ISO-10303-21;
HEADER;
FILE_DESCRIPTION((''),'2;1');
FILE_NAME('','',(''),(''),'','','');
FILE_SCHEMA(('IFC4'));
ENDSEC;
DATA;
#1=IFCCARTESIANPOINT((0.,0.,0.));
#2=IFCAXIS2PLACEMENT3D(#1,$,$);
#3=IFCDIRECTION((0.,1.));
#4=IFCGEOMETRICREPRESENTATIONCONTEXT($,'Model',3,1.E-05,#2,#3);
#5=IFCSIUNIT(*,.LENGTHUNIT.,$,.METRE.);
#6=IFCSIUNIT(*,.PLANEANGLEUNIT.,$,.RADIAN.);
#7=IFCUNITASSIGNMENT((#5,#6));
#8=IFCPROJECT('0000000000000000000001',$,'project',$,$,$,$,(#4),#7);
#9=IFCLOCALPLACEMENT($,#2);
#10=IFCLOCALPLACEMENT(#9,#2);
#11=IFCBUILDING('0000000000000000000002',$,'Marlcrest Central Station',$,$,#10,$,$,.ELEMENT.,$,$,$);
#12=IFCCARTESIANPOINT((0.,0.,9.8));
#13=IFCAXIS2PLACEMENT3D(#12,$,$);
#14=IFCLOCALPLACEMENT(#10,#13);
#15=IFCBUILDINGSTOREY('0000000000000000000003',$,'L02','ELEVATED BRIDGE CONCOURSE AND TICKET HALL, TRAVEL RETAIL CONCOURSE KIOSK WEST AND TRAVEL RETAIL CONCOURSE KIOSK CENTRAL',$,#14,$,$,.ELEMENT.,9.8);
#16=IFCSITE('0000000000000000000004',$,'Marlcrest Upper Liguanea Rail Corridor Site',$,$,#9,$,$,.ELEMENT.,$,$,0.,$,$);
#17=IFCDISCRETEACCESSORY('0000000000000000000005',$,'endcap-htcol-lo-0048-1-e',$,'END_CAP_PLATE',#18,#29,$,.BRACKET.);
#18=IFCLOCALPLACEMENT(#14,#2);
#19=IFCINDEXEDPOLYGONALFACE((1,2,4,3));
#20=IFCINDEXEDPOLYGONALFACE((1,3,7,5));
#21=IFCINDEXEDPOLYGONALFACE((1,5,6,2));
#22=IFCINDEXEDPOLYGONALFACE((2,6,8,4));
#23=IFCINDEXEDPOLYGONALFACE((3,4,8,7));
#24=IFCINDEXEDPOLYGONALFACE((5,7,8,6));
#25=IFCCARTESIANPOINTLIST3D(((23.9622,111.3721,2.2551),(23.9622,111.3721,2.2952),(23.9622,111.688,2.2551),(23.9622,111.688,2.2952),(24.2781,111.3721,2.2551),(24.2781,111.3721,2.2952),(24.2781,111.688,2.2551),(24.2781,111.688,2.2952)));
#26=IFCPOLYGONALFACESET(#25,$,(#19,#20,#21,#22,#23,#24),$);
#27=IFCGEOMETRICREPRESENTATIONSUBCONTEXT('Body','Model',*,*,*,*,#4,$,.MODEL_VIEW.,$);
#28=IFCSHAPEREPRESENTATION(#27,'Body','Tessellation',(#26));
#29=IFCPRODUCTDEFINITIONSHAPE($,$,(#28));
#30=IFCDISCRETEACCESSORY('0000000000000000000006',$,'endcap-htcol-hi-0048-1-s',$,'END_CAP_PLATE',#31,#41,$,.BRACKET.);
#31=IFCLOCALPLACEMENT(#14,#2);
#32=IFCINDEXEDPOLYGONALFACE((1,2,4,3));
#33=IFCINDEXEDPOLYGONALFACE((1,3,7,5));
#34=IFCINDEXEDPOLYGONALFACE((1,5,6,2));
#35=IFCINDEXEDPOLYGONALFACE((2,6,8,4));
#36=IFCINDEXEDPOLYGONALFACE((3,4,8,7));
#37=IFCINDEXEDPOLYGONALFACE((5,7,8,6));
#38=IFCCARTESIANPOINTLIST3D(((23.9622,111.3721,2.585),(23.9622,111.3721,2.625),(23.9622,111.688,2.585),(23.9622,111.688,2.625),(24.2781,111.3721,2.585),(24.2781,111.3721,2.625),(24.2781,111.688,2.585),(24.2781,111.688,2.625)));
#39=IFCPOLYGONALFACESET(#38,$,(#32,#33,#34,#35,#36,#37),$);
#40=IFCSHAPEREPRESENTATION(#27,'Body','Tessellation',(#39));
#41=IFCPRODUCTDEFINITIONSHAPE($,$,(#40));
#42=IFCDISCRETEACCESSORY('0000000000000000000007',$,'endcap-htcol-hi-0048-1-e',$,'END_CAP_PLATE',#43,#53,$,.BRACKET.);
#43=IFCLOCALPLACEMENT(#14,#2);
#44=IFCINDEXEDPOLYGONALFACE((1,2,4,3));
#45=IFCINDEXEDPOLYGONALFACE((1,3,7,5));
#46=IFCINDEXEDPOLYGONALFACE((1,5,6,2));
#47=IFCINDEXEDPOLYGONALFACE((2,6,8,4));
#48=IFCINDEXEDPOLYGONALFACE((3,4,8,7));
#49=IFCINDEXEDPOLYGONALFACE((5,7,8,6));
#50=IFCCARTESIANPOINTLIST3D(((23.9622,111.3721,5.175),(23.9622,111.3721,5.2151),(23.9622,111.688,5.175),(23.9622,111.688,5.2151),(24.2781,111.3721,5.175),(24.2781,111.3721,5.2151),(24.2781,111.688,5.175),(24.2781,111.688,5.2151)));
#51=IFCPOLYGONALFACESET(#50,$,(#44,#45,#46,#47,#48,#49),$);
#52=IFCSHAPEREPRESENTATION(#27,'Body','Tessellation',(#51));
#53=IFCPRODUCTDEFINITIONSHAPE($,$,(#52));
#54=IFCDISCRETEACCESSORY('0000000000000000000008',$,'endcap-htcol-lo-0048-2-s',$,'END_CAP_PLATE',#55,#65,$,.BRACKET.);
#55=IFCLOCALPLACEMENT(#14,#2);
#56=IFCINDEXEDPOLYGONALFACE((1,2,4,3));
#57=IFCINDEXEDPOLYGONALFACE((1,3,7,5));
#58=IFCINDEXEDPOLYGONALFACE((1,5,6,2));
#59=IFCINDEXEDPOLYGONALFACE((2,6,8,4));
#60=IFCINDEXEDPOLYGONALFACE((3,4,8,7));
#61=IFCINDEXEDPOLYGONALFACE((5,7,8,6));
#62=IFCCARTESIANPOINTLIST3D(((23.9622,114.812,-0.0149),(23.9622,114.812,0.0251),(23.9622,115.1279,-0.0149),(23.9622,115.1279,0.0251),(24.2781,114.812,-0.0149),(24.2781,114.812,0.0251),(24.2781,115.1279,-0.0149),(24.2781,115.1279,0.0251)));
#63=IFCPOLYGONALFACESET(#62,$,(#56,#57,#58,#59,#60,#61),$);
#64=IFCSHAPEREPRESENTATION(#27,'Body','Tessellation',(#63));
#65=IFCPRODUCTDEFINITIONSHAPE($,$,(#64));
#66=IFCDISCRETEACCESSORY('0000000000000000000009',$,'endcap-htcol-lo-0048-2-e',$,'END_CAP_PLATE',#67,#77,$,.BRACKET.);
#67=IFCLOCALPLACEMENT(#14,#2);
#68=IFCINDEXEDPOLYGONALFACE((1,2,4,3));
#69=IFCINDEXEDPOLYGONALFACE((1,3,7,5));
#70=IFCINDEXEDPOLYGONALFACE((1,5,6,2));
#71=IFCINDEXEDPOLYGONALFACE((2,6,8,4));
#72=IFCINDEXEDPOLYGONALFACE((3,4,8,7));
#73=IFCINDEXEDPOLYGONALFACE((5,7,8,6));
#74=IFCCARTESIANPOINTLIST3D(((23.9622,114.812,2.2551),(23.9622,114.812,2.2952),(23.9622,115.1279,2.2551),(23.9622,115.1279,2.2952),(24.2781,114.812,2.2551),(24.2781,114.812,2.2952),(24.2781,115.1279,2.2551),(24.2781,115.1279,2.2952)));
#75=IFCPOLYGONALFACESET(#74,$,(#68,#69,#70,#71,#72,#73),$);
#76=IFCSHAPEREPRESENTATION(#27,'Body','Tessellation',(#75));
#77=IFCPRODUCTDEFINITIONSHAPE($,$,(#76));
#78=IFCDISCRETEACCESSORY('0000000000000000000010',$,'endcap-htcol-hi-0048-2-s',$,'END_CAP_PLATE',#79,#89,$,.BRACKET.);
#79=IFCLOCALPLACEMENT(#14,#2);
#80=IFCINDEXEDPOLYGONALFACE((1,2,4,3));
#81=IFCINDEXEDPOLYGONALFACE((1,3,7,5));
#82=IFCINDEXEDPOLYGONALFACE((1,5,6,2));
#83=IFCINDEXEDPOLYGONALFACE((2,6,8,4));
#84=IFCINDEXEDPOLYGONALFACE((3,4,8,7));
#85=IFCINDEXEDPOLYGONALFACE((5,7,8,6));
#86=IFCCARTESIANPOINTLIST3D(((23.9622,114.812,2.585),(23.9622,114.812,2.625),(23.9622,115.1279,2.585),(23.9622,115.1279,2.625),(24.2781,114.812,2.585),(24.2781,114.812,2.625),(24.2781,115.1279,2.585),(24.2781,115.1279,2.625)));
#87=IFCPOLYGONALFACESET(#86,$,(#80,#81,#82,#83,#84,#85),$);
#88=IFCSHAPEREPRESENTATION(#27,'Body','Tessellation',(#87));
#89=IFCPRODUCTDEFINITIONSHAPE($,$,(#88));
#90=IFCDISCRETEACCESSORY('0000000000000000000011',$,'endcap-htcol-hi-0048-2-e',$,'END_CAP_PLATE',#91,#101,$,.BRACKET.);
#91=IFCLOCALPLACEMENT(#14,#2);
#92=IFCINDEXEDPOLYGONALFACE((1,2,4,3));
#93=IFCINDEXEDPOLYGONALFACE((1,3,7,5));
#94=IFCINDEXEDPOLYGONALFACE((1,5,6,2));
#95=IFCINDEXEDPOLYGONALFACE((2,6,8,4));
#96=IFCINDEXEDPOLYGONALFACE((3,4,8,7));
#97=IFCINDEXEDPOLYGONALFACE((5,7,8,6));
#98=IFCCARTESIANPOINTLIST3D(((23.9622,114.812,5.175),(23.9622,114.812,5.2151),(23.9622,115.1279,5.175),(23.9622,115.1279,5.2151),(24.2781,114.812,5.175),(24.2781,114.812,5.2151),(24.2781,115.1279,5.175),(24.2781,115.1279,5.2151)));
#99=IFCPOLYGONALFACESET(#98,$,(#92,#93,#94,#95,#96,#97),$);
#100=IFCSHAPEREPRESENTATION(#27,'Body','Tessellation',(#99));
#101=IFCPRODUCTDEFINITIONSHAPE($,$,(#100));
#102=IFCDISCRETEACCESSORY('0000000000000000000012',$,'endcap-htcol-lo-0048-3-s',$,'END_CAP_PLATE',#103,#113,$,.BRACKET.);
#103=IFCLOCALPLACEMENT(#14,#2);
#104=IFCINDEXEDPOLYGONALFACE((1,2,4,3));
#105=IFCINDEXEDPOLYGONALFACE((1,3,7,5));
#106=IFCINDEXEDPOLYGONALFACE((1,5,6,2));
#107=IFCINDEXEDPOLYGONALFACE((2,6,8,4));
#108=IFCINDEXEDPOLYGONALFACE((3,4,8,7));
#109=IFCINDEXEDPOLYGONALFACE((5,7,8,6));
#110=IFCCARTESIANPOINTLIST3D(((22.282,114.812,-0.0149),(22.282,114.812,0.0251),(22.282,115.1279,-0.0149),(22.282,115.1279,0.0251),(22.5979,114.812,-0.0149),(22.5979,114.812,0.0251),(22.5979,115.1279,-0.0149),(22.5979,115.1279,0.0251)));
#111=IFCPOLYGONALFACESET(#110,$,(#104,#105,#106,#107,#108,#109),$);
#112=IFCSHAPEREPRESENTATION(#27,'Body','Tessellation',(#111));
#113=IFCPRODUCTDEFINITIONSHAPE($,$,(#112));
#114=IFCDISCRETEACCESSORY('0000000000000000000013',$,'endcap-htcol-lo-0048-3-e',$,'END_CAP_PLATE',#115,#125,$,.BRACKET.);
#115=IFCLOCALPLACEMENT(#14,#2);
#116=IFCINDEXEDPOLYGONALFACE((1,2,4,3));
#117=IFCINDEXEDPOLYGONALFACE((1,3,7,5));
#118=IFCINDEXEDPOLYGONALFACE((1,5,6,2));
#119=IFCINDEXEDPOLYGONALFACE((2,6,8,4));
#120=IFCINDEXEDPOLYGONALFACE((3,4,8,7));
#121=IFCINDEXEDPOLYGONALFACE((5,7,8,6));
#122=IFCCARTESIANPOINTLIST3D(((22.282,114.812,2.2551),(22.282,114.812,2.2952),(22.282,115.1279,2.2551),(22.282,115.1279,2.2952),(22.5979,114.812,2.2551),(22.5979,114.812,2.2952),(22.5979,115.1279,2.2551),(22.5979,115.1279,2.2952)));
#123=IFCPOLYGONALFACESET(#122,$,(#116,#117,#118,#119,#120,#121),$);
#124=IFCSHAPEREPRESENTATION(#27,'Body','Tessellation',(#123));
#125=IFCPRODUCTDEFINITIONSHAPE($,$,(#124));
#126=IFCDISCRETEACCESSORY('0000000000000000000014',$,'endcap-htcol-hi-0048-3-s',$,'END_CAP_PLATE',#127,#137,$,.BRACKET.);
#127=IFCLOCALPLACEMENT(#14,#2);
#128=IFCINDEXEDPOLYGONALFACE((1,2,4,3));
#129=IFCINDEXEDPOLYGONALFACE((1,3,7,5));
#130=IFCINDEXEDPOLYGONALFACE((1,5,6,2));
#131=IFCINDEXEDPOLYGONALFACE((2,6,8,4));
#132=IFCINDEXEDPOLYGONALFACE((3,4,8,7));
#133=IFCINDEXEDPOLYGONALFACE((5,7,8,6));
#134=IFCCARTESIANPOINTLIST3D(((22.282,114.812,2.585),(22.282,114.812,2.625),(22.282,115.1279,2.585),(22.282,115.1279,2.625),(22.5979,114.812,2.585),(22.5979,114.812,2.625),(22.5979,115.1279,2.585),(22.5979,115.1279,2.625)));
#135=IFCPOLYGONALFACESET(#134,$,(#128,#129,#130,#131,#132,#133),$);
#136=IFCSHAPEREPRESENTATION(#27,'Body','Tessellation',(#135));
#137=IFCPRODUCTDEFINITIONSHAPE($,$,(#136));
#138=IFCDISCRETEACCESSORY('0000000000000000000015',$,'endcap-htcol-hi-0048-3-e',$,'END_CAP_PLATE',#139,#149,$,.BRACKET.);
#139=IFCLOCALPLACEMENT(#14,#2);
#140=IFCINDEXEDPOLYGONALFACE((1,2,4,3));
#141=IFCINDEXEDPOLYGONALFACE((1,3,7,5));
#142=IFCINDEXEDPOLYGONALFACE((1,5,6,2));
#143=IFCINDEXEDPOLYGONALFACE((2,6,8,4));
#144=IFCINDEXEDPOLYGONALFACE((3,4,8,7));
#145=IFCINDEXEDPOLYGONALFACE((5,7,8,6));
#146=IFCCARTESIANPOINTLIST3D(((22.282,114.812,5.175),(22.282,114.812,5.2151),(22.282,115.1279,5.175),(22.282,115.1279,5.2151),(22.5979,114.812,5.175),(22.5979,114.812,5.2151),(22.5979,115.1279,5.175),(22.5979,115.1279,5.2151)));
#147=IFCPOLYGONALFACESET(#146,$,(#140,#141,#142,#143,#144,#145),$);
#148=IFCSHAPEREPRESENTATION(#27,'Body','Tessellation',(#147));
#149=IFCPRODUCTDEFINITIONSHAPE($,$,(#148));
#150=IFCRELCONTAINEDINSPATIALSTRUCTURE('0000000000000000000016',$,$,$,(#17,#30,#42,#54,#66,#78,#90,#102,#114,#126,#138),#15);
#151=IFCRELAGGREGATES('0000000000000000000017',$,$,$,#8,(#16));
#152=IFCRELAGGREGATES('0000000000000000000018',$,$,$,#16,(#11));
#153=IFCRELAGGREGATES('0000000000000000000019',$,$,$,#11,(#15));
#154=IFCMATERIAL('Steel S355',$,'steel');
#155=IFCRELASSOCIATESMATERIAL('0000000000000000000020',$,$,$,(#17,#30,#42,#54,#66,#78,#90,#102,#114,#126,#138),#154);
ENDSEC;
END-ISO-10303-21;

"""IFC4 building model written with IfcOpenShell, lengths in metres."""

from ifc_helpers import new_model, si_unit, direction, frame, origin, origin_2d, place, context, subcontext, project, spatial, rectangle, extrude, material, element, save


model = new_model("IFC4")

# Units and contexts
model_context = context("Model", 3, precision=1e-05, world=origin(), true_north=direction((0.0, 1.0)))
body_context = subcontext(model_context, "Body", "Model", "MODEL_VIEW")
ifc_project = project(units=[si_unit("LENGTHUNIT", "METRE"), si_unit("PLANEANGLEUNIT", "RADIAN")], contexts=[model_context])

# Site, building, storey
site_placement = place(None, origin())
site = spatial("IfcSite", under=ifc_project, at=site_placement, Name="Marlcrest Upper Liguanea Rail Corridor Site", CompositionType="ELEMENT", RefElevation=0.0)
building_placement = place(site_placement, origin())
building = spatial("IfcBuilding", under=site, at=building_placement, Name="Marlcrest Central Station", CompositionType="ELEMENT")
storey_placement = place(building_placement, frame((0.0, 0.0, 9.8)))
storey = spatial("IfcBuildingStorey", under=building, at=storey_placement, Name="L02", Description="ELEVATED BRIDGE CONCOURSE AND TICKET HALL, TRAVEL RETAIL CONCOURSE KIOSK WEST AND TRAVEL RETAIL CONCOURSE KIOSK CENTRAL", CompositionType="ELEMENT", Elevation=9.8)

# Shared definitions
ifc_material_1 = material(Name="Steel S355", Category="steel")

# Discrete accessories
for number, where, z_axis, x_axis, name in (
    (1, (24.1201, 111.53, 2.2551), (0.0, 0.0, 1.0), (1.0, 0.0, 0.0), "endcap-htcol-lo-0048-1-e"),
    (2, (24.1201, 111.53, 2.585), (0.0, 0.0, 1.0), (1.0, 0.0, 0.0), "endcap-htcol-hi-0048-1-s"),
    (3, (24.1201, 111.53, 5.175), (0.0, 0.0, 1.0), (1.0, 0.0, 0.0), "endcap-htcol-hi-0048-1-e"),
    (4, (24.1201, 114.97, -0.0149), (0.0, 0.0, 1.0), (1.0, 0.0, 0.0), "endcap-htcol-lo-0048-2-s"),
    (5, (24.1201, 114.97, 2.2551), (0.0, 0.0, 1.0), (1.0, 0.0, 0.0), "endcap-htcol-lo-0048-2-e"),
    (6, (24.1201, 114.97, 2.585), (0.0, 0.0, 1.0), (1.0, 0.0, 0.0), "endcap-htcol-hi-0048-2-s"),
    (7, (24.1201, 114.97, 5.175), (0.0, 0.0, 1.0), (1.0, 0.0, 0.0), "endcap-htcol-hi-0048-2-e"),
    (8, (22.4399, 114.97, -0.0149), (0.0, 0.0, 1.0), (1.0, 0.0, 0.0), "endcap-htcol-lo-0048-3-s"),
    (9, (22.4399, 114.97, 2.2551), (0.0, 0.0, 1.0), (1.0, 0.0, 0.0), "endcap-htcol-lo-0048-3-e"),
    (10, (22.4399, 114.97, 2.585), (0.0, 0.0, 1.0), (1.0, 0.0, 0.0), "endcap-htcol-hi-0048-3-s"),
    (11, (22.4399, 114.97, 5.175), (0.0, 0.0, 1.0), (1.0, 0.0, 0.0), "endcap-htcol-hi-0048-3-e"),
):
    element("IfcDiscreteAccessory", number, at=place(storey_placement, frame(where, z_axis=z_axis, x_axis=x_axis)), inside=storey, material=ifc_material_1, Name=name, ObjectType="END_CAP_PLATE", PredefinedType="BRACKET", context=body_context, shape_type="SweptSolid", body=[
        extrude(rectangle(XDim=0.3159, YDim=0.3159, at=origin_2d()), origin(), (0.0, 0.0, 1.0), 0.04),
    ])

save(model, "model.ifc")
